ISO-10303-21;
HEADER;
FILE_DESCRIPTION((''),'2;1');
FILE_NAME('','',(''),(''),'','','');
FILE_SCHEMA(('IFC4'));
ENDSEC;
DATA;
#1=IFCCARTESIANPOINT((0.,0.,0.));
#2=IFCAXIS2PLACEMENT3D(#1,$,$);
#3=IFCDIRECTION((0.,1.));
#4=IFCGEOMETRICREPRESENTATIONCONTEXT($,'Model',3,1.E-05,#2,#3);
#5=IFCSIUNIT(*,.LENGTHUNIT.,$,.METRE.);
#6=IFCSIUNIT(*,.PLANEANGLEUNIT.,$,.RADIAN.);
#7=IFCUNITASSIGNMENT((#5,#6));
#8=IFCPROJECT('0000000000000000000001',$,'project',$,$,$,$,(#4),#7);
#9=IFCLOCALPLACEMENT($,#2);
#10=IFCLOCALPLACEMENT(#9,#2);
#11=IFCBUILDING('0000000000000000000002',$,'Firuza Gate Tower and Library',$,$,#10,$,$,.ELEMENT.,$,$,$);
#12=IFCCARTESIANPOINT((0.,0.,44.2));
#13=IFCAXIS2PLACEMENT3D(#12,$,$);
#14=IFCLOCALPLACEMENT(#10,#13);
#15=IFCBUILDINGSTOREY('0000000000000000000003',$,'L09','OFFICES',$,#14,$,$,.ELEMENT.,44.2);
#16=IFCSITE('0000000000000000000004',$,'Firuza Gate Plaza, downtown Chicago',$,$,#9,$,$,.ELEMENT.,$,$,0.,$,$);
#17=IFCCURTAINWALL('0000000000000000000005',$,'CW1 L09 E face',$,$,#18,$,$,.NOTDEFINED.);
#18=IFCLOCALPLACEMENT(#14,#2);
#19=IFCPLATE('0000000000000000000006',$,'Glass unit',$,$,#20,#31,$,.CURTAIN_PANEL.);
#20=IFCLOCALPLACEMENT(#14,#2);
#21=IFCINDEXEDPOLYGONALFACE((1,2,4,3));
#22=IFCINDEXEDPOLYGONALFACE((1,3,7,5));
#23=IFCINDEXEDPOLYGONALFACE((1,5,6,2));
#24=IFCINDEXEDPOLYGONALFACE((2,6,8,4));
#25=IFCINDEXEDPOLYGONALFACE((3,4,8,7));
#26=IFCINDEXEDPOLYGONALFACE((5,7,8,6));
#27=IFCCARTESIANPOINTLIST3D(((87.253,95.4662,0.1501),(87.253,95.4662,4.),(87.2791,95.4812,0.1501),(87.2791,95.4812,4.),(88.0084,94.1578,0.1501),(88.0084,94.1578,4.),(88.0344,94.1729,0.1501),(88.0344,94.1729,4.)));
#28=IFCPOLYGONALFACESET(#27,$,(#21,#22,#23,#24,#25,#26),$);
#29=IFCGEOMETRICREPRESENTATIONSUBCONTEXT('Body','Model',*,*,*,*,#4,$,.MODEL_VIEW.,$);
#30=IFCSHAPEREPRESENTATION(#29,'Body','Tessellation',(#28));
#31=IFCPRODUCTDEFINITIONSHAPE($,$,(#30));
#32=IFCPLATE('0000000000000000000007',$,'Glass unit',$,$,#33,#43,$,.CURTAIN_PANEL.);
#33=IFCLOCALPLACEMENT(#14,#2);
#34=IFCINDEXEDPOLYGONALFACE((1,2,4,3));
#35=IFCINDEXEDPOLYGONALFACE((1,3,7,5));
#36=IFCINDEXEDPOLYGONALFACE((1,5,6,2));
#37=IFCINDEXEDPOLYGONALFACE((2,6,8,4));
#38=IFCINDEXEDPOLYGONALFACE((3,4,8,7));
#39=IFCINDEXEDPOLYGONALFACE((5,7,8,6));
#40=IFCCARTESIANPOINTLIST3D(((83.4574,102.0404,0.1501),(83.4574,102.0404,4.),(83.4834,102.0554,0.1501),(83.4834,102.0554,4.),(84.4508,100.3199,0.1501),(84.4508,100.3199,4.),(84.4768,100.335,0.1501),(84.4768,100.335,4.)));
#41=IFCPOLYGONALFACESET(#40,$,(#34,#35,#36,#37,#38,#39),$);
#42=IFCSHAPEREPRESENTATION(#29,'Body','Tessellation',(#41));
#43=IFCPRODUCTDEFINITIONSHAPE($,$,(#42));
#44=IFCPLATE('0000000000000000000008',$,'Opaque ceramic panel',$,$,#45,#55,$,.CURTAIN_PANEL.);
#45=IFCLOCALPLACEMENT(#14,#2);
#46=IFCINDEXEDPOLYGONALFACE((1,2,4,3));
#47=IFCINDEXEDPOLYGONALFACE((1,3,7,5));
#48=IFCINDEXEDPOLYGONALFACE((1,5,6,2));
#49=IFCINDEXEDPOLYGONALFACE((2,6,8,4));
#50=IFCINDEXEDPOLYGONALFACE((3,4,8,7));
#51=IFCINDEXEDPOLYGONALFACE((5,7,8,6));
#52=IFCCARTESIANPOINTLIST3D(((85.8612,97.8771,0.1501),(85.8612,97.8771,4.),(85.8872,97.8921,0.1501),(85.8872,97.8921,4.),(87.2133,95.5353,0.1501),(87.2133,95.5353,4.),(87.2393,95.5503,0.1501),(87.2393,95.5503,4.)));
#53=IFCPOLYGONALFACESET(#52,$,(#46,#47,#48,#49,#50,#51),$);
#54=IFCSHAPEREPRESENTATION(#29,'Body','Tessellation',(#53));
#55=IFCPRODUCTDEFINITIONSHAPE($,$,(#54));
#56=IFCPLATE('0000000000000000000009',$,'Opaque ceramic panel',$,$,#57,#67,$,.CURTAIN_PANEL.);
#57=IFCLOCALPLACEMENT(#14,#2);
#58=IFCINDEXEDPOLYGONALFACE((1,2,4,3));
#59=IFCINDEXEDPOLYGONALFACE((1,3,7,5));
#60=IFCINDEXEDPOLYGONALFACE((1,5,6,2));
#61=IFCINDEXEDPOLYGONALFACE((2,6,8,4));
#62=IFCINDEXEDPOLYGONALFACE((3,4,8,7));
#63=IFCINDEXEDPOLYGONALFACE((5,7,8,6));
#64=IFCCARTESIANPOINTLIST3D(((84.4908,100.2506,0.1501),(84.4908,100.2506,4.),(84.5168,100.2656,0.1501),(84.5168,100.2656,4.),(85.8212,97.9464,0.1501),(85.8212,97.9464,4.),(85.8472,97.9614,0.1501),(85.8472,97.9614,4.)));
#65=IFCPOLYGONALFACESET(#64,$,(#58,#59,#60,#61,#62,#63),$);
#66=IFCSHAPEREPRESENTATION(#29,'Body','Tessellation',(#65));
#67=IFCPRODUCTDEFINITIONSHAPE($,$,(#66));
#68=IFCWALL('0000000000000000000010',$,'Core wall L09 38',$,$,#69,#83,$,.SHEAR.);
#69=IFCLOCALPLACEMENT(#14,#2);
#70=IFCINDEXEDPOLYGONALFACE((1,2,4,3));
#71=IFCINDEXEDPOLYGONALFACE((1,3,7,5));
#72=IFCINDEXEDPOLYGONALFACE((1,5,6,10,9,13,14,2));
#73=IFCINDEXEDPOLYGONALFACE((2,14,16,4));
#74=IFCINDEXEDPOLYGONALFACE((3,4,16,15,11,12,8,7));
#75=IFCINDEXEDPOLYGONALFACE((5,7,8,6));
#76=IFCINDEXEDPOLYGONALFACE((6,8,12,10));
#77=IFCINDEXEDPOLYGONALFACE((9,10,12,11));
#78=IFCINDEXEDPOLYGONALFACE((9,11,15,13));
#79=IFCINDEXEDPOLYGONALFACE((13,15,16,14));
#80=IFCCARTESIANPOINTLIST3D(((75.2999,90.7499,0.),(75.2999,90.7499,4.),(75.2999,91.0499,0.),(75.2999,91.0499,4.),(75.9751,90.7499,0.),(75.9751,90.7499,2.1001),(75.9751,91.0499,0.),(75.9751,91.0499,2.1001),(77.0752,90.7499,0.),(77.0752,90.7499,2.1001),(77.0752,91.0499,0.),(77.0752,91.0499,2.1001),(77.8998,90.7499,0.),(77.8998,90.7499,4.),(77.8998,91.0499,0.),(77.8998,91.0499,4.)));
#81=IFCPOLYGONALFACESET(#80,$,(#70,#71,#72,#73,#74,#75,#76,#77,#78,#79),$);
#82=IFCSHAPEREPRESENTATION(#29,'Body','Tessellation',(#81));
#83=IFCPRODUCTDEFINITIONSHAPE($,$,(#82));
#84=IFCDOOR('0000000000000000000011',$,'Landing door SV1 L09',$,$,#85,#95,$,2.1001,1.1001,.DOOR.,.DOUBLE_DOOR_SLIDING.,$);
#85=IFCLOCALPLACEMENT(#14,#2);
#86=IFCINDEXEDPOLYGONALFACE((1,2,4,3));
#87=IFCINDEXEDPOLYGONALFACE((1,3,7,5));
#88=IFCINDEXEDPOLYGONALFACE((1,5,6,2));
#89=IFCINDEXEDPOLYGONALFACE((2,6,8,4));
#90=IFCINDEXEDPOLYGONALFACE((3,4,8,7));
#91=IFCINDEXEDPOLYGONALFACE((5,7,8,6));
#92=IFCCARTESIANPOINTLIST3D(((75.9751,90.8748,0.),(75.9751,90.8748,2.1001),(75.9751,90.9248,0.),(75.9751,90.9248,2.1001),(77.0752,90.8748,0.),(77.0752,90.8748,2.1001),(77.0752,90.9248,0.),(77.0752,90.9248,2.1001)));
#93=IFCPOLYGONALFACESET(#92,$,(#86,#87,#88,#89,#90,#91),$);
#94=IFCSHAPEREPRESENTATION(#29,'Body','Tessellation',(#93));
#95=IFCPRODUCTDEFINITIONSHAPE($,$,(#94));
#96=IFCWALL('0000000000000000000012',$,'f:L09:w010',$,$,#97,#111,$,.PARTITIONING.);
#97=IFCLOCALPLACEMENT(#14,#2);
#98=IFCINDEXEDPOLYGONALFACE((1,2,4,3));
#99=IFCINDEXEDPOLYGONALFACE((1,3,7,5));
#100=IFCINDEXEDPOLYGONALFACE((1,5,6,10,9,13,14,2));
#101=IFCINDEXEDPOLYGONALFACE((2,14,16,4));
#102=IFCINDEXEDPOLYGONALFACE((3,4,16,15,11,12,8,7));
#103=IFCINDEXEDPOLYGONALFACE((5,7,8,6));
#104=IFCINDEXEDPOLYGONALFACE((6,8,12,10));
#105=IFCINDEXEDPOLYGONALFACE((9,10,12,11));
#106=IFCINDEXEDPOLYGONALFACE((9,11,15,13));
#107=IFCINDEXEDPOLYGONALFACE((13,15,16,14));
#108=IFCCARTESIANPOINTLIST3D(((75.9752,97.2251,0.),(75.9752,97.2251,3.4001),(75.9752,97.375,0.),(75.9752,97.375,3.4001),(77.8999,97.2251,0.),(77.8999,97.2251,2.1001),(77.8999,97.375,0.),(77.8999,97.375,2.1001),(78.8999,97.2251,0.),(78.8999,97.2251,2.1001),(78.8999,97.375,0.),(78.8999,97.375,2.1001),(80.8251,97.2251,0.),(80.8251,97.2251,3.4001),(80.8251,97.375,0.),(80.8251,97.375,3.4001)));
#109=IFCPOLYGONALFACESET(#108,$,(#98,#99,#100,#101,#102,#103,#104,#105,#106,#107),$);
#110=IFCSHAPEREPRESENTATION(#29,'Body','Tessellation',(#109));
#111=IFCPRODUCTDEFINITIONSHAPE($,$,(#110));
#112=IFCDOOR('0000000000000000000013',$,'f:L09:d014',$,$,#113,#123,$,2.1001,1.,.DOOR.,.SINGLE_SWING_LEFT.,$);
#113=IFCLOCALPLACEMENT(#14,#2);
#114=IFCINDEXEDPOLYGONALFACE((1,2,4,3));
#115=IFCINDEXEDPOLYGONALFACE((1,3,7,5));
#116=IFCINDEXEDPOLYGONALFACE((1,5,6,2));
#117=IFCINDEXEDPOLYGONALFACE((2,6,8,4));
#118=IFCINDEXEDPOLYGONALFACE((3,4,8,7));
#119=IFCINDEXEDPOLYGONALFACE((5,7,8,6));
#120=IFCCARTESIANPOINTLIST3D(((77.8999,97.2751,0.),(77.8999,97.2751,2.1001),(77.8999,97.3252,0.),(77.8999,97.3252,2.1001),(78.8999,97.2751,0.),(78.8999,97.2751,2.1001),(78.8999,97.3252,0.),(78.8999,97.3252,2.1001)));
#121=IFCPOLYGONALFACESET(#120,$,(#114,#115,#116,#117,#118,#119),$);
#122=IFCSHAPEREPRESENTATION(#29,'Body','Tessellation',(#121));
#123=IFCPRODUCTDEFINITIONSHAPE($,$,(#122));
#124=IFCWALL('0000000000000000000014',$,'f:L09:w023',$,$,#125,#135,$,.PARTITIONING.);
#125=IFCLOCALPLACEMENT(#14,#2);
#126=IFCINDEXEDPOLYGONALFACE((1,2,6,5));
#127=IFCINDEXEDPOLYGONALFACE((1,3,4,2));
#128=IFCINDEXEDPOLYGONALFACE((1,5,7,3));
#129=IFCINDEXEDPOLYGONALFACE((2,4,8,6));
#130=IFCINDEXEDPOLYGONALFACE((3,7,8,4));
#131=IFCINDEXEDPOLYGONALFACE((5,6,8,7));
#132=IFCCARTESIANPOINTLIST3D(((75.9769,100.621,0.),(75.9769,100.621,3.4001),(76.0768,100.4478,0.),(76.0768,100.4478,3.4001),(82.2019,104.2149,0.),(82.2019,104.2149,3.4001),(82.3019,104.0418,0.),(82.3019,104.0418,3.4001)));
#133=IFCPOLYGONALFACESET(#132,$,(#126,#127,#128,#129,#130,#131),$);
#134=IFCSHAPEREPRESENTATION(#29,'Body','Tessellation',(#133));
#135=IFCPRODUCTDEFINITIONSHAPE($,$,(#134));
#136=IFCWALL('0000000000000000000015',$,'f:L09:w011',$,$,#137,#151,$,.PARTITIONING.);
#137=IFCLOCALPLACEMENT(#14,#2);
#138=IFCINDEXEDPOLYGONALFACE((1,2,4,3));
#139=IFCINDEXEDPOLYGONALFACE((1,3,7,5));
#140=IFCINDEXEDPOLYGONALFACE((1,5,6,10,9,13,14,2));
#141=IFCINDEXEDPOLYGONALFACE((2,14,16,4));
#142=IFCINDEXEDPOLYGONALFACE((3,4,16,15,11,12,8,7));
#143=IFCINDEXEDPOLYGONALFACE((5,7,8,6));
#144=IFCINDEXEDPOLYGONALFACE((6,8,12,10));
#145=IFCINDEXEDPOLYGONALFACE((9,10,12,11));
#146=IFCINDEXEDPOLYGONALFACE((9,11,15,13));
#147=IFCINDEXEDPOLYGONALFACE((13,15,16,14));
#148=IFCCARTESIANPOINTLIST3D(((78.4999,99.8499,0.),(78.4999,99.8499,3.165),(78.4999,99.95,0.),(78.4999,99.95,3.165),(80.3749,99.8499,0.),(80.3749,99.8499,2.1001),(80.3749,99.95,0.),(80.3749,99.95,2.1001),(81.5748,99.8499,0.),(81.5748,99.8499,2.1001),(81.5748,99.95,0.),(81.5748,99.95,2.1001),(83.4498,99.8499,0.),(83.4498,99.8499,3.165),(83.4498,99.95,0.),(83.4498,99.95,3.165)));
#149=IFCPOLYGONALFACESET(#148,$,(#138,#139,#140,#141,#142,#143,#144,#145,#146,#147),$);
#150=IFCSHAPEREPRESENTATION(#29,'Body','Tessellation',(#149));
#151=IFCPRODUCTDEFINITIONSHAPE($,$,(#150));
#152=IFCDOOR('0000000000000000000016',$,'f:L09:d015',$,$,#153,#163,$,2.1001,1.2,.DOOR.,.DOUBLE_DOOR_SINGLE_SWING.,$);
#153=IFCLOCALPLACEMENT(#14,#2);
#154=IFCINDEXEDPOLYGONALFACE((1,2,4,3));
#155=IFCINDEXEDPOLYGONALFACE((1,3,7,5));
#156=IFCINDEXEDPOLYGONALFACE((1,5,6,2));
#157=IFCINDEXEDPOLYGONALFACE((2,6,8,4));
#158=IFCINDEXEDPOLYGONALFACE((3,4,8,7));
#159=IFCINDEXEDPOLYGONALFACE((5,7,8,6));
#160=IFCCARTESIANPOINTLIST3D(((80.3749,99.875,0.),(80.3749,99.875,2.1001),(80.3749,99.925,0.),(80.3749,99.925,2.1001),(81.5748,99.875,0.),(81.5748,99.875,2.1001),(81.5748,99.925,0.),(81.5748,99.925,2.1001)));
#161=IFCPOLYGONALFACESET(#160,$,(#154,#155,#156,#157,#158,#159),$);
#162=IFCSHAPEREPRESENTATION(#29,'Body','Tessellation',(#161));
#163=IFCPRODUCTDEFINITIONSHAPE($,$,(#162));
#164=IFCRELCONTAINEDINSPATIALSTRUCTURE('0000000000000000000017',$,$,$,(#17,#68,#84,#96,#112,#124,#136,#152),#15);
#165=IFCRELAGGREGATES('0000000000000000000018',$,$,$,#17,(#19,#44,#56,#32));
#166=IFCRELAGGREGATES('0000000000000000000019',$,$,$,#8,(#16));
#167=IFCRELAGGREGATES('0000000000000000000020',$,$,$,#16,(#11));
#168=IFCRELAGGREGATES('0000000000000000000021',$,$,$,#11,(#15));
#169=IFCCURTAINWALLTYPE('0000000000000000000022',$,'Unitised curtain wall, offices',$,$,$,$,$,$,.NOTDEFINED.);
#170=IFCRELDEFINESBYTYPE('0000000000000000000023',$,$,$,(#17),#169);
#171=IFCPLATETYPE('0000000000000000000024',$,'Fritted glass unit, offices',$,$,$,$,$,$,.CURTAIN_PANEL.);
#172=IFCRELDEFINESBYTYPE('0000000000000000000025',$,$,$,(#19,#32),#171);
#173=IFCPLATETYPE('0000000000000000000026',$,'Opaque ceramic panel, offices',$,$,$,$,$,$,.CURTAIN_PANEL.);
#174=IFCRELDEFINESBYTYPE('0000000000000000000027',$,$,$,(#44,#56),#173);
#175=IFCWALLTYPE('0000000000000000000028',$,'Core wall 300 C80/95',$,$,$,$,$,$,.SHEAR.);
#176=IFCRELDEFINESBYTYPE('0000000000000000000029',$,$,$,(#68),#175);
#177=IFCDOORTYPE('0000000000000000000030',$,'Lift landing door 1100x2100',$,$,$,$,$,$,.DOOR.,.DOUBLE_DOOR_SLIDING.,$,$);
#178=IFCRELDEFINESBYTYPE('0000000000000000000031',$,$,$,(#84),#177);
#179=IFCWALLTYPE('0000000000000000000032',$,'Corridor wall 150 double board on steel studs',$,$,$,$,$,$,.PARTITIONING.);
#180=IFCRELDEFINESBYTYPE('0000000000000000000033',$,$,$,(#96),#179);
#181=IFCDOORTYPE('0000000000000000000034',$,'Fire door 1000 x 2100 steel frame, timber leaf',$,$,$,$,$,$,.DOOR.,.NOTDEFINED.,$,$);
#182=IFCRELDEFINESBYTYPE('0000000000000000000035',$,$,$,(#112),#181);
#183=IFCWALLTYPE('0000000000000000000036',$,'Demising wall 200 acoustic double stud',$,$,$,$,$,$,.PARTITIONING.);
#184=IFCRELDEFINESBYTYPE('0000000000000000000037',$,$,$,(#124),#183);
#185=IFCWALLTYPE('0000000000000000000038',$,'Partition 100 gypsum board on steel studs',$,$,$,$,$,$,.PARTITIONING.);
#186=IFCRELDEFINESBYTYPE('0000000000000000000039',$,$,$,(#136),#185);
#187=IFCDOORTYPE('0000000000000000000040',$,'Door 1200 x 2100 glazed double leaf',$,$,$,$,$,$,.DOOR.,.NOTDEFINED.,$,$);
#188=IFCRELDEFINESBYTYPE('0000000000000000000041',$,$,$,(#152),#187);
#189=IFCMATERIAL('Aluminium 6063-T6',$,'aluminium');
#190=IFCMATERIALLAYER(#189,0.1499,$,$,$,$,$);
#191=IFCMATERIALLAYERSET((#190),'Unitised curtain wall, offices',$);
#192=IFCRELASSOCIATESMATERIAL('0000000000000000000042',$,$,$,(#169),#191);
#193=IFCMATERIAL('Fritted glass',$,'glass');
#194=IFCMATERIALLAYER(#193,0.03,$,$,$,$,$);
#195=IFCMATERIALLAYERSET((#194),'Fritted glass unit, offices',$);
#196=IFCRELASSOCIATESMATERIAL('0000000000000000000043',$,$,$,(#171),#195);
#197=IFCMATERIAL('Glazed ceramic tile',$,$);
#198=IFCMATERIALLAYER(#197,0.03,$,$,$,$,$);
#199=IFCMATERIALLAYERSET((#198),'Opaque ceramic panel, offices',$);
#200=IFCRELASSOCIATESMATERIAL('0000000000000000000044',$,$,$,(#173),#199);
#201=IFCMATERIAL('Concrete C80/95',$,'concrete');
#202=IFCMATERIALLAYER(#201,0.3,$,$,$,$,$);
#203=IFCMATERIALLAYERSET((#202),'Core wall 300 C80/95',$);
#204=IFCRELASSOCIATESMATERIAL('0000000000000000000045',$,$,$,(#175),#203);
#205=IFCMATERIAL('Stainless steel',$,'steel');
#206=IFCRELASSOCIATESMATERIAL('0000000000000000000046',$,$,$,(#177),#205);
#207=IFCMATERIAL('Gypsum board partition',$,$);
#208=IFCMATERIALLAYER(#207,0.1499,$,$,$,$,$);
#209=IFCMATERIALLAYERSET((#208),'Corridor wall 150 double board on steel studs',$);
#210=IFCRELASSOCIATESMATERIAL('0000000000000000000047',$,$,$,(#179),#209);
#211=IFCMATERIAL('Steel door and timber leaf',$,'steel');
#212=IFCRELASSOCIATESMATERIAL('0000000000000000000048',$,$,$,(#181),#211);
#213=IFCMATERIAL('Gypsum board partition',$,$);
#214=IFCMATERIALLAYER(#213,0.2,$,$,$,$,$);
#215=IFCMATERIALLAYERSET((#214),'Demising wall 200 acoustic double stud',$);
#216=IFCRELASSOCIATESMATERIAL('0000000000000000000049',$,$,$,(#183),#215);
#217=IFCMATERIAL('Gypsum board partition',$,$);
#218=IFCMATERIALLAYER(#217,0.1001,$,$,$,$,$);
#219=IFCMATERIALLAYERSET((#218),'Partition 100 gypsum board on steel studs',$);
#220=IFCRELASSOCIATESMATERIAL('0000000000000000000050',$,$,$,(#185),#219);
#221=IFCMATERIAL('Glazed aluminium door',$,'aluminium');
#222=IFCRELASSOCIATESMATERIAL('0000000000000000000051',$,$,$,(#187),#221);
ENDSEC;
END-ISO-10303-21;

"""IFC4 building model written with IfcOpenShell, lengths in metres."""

from ifc_helpers import new_model, si_unit, direction, frame, frame_2d, origin, place, context, subcontext, project, spatial, polyline, rectangle, outline, extrude, material, layer, layer_set, type_object, element, fill, aggregate, save


model = new_model("IFC4")

# Units and contexts
model_context = context("Model", 3, precision=1e-05, world=origin(), true_north=direction((0.0, 1.0)))
body_context = subcontext(model_context, "Body", "Model", "MODEL_VIEW")
ifc_project = project(units=[si_unit("LENGTHUNIT", "METRE"), si_unit("PLANEANGLEUNIT", "RADIAN")], contexts=[model_context])

# Site, building, storey
site_placement = place(None, origin())
site = spatial("IfcSite", under=ifc_project, at=site_placement, Name="Firuza Gate Plaza, downtown Chicago", CompositionType="ELEMENT", RefElevation=0.0)
building_placement = place(site_placement, origin())
building = spatial("IfcBuilding", under=site, at=building_placement, Name="Firuza Gate Tower and Library", CompositionType="ELEMENT")
storey_placement = place(building_placement, frame((0.0, 0.0, 44.2)))
storey = spatial("IfcBuildingStorey", under=building, at=storey_placement, Name="L09", Description="OFFICES", CompositionType="ELEMENT", Elevation=44.2)

# Curtain wall
ifc_material_1 = material(Name="Aluminium 6063-T6", Category="aluminium")
ifc_layer_1 = layer(ifc_material_1, 0.1499)
ifc_layer_set_1 = layer_set([ifc_layer_1], Name="Unitised curtain wall, offices")
curtain_wall_type = type_object("IfcCurtainWallType", Name="Unitised curtain wall, offices", PredefinedType="NOTDEFINED", material=ifc_layer_set_1)
curtain_wall_placement = place(storey_placement, origin())
curtain_wall = element("IfcCurtainWall", 1, at=curtain_wall_placement, inside=storey, type_object=curtain_wall_type, Name="CW1 L09 E face", PredefinedType="NOTDEFINED")

# Plates
ifc_material_2 = material(Name="Fritted glass", Category="glass")
ifc_layer_2 = layer(ifc_material_2, 0.03)
ifc_layer_set_2 = layer_set([ifc_layer_2], Name="Fritted glass unit, offices")
plate_type_1 = type_object("IfcPlateType", Name="Fritted glass unit, offices", PredefinedType="CURTAIN_PANEL", material=ifc_layer_set_2)
plate_1_placement = place(storey_placement, frame((88.0344, 94.1729, 0.1501), z_axis=(0.866027, 0.499998, 0.0), x_axis=(-0.499998, 0.866027, 0.0)))
plate_1 = element("IfcPlate", 2, at=plate_1_placement, type_object=plate_type_1, Name="Glass unit", PredefinedType="CURTAIN_PANEL", context=body_context, shape_type="SweptSolid", body=[
    extrude(outline(polyline([(0.0, 0.0), (1.5107, 0.0), (1.5107, 3.8499), (0.0, 3.8499), (0.0, 0.0)])), origin(), (0.0, 0.0, -1.0), 0.03),
])
plate_2_placement = place(storey_placement, frame((84.4768, 100.335, 0.1501), z_axis=(0.866003, 0.500038, 0.0), x_axis=(-0.500038, 0.866003, 0.0)))
plate_2 = element("IfcPlate", 3, at=plate_2_placement, type_object=plate_type_1, Name="Glass unit", PredefinedType="CURTAIN_PANEL", context=body_context, shape_type="SweptSolid", body=[
    extrude(outline(polyline([(0.0, 0.0), (1.9867, 0.0), (1.9867, 3.8499), (0.0, 3.8499), (0.0, 0.0)])), origin(), (0.0, 0.0, -1.0), 0.03),
])
ifc_material_3 = material(Name="Glazed ceramic tile")
ifc_layer_3 = layer(ifc_material_3, 0.03)
ifc_layer_set_3 = layer_set([ifc_layer_3], Name="Opaque ceramic panel, offices")
plate_type_2 = type_object("IfcPlateType", Name="Opaque ceramic panel, offices", PredefinedType="CURTAIN_PANEL", material=ifc_layer_set_3)
plate_3_placement = place(storey_placement, frame((87.2393, 95.5503, 0.1501), z_axis=(0.866023, 0.500004, 0.0), x_axis=(-0.500004, 0.866023, 0.0)))
plate_3 = element("IfcPlate", 4, at=plate_3_placement, type_object=plate_type_2, Name="Opaque ceramic panel", PredefinedType="CURTAIN_PANEL", context=body_context, shape_type="SweptSolid", body=[
    extrude(outline(polyline([(0.0, 0.0), (2.7041, 0.0), (2.7041, 3.8499), (0.0, 3.8499), (0.0, 0.0)])), origin(), (0.0, 0.0, -1.0), 0.03),
])
plate_4_placement = place(storey_placement, frame((85.8472, 97.9614, 0.1501), z_axis=(0.866027, 0.499998, 0.0), x_axis=(-0.499998, 0.866027, 0.0)))
plate_4 = element("IfcPlate", 5, at=plate_4_placement, type_object=plate_type_2, Name="Opaque ceramic panel", PredefinedType="CURTAIN_PANEL", context=body_context, shape_type="SweptSolid", body=[
    extrude(outline(polyline([(0.0, 0.0), (2.6607, 0.0), (2.6607, 3.8499), (0.0, 3.8499), (0.0, 0.0)])), origin(), (0.0, 0.0, -1.0), 0.03),
])
aggregate(curtain_wall, [plate_1, plate_3, plate_4, plate_2])

# Walls, openings, doors
ifc_material_4 = material(Name="Concrete C80/95", Category="concrete")
ifc_layer_4 = layer(ifc_material_4, 0.3)
ifc_layer_set_4 = layer_set([ifc_layer_4], Name="Core wall 300 C80/95")
wall_type_1 = type_object("IfcWallType", Name="Core wall 300 C80/95", PredefinedType="SHEAR", material=ifc_layer_set_4)
wall_1_placement = place(storey_placement, frame((75.3, 90.8999, 0.0), z_axis=(0.0, 0.0, 1.0), x_axis=(1.0, 0.0, 0.0)))
wall_1 = element("IfcWall", 6, at=wall_1_placement, inside=storey, type_object=wall_type_1, Name="Core wall L09 38", PredefinedType="SHEAR", context=body_context, shape_type="SweptSolid", body=[
    extrude(rectangle(XDim=2.5999, YDim=0.3, at=frame_2d((1.2998, 0.0))), origin(), (0.0, 0.0, 1.0), 4.0),
])
opening_1_placement = place(wall_1_placement, frame((0.675, 0.0, 0.0)))
opening_1 = element("IfcOpeningElement", 7, at=opening_1_placement, cuts=wall_1, PredefinedType="OPENING", context=body_context, shape_type="SweptSolid", body=[
    extrude(rectangle(XDim=1.1001, YDim=2.1001, at=frame_2d((0.55, 1.05))), frame((0.0, 0.1602, 0.0), z_axis=(0.0, -1.0, 0.0), x_axis=(1.0, 0.0, 0.0)), (0.0, 0.0, 1.0), 0.3201),
])
ifc_material_5 = material(Name="Stainless steel", Category="steel")
door_type_1 = type_object("IfcDoorType", Name="Lift landing door 1100x2100", OperationType="DOUBLE_DOOR_SLIDING", PredefinedType="DOOR", material=ifc_material_5)
door_1_placement = place(opening_1_placement, origin())
door_1 = element("IfcDoor", 8, at=door_1_placement, inside=storey, type_object=door_type_1, Name="Landing door SV1 L09", OperationType="DOUBLE_DOOR_SLIDING", OverallHeight=2.1001, OverallWidth=1.1001, PredefinedType="DOOR", context=body_context, shape_type="SweptSolid", body=[
    extrude(rectangle(XDim=1.1001, YDim=2.1001, at=frame_2d((0.55, 1.05))), frame((0.0, 0.0249, 0.0), z_axis=(0.0, -1.0, 0.0), x_axis=(1.0, 0.0, 0.0)), (0.0, 0.0, 1.0), 0.05),
])
fill(opening_1, door_1)
ifc_material_6 = material(Name="Gypsum board partition")
ifc_layer_5 = layer(ifc_material_6, 0.1499)
ifc_layer_set_5 = layer_set([ifc_layer_5], Name="Corridor wall 150 double board on steel studs")
wall_type_2 = type_object("IfcWallType", Name="Corridor wall 150 double board on steel studs", PredefinedType="PARTITIONING", material=ifc_layer_set_5)
wall_2_placement = place(storey_placement, frame((80.825, 97.3, 0.0), z_axis=(0.0, 0.0, 1.0), x_axis=(-1.0, 0.0, 0.0)))
wall_2 = element("IfcWall", 9, at=wall_2_placement, inside=storey, type_object=wall_type_2, Name="f:L09:w010", PredefinedType="PARTITIONING", context=body_context, shape_type="SweptSolid", body=[
    extrude(rectangle(XDim=4.8499, YDim=0.1499, at=frame_2d((2.4248, 0.0))), origin(), (0.0, 0.0, 1.0), 3.4001),
])
opening_2_placement = place(wall_2_placement, frame((1.925, 0.0, 0.0)))
opening_2 = element("IfcOpeningElement", 10, at=opening_2_placement, cuts=wall_2, PredefinedType="OPENING", context=body_context, shape_type="SweptSolid", body=[
    extrude(rectangle(XDim=1.0, YDim=2.1001, at=frame_2d((0.5, 1.05))), frame((0.0, 0.085, 0.0), z_axis=(0.0, -1.0, 0.0), x_axis=(1.0, 0.0, 0.0)), (0.0, 0.0, 1.0), 0.1699),
])
ifc_material_7 = material(Name="Steel door and timber leaf", Category="steel")
door_type_2 = type_object("IfcDoorType", Name="Fire door 1000 x 2100 steel frame, timber leaf", OperationType="NOTDEFINED", PredefinedType="DOOR", material=ifc_material_7)
door_2_placement = place(opening_2_placement, origin())
door_2 = element("IfcDoor", 11, at=door_2_placement, inside=storey, type_object=door_type_2, Name="f:L09:d014", OperationType="SINGLE_SWING_LEFT", OverallHeight=2.1001, OverallWidth=1.0, PredefinedType="DOOR", context=body_context, shape_type="SweptSolid", body=[
    extrude(rectangle(XDim=1.0, YDim=2.1001, at=frame_2d((0.5, 1.05))), frame((0.0, 0.0249, 0.0), z_axis=(0.0, -1.0, 0.0), x_axis=(1.0, 0.0, 0.0)), (0.0, 0.0, 1.0), 0.05),
])
fill(opening_2, door_2)

# Wall
ifc_material_8 = material(Name="Gypsum board partition")
ifc_layer_6 = layer(ifc_material_8, 0.2)
ifc_layer_set_6 = layer_set([ifc_layer_6], Name="Demising wall 200 acoustic double stud")
wall_type_3 = type_object("IfcWallType", Name="Demising wall 200 acoustic double stud", PredefinedType="PARTITIONING", material=ifc_layer_set_6)
wall_3_placement = place(storey_placement, frame((76.0269, 100.5344, 0.0), z_axis=(0.0, 0.0, 1.0), x_axis=(0.866029, 0.499993, 0.0)))
element("IfcWall", 12, at=wall_3_placement, inside=storey, type_object=wall_type_3, Name="f:L09:w023", PredefinedType="PARTITIONING", context=body_context, shape_type="SweptSolid", body=[
    extrude(rectangle(XDim=7.188, YDim=0.2, at=frame_2d((3.594, 0.0))), origin(), (0.0, 0.0, 1.0), 3.4001),
])

# Wall, opening, door
ifc_material_9 = material(Name="Gypsum board partition")
ifc_layer_7 = layer(ifc_material_9, 0.1001)
ifc_layer_set_7 = layer_set([ifc_layer_7], Name="Partition 100 gypsum board on steel studs")
wall_type_4 = type_object("IfcWallType", Name="Partition 100 gypsum board on steel studs", PredefinedType="PARTITIONING", material=ifc_layer_set_7)
wall_4_placement = place(storey_placement, frame((83.45, 99.8999, 0.0), z_axis=(0.0, 0.0, 1.0), x_axis=(-1.0, 0.0, 0.0)))
wall_4 = element("IfcWall", 13, at=wall_4_placement, inside=storey, type_object=wall_type_4, Name="f:L09:w011", PredefinedType="PARTITIONING", context=body_context, shape_type="SweptSolid", body=[
    extrude(rectangle(XDim=4.95, YDim=0.1001, at=frame_2d((2.4751, 0.0))), origin(), (0.0, 0.0, 1.0), 3.165),
])
opening_3_placement = place(wall_4_placement, frame((1.875, 0.0, 0.0)))
opening_3 = element("IfcOpeningElement", 14, at=opening_3_placement, cuts=wall_4, PredefinedType="OPENING", context=body_context, shape_type="SweptSolid", body=[
    extrude(rectangle(XDim=1.2, YDim=2.1001, at=frame_2d((0.6001, 1.05))), frame((0.0, 0.0601, 0.0), z_axis=(0.0, -1.0, 0.0), x_axis=(1.0, 0.0, 0.0)), (0.0, 0.0, 1.0), 0.1201),
])
ifc_material_10 = material(Name="Glazed aluminium door", Category="aluminium")
door_type_3 = type_object("IfcDoorType", Name="Door 1200 x 2100 glazed double leaf", OperationType="NOTDEFINED", PredefinedType="DOOR", material=ifc_material_10)
door_3_placement = place(opening_3_placement, origin())
door_3 = element("IfcDoor", 15, at=door_3_placement, inside=storey, type_object=door_type_3, Name="f:L09:d015", OperationType="DOUBLE_DOOR_SINGLE_SWING", OverallHeight=2.1001, OverallWidth=1.2, PredefinedType="DOOR", context=body_context, shape_type="SweptSolid", body=[
    extrude(rectangle(XDim=1.2, YDim=2.1001, at=frame_2d((0.6001, 1.05))), frame((0.0, 0.0249, 0.0), z_axis=(0.0, -1.0, 0.0), x_axis=(1.0, 0.0, 0.0)), (0.0, 0.0, 1.0), 0.05),
])
fill(opening_3, door_3)

save(model, "model.ifc")
